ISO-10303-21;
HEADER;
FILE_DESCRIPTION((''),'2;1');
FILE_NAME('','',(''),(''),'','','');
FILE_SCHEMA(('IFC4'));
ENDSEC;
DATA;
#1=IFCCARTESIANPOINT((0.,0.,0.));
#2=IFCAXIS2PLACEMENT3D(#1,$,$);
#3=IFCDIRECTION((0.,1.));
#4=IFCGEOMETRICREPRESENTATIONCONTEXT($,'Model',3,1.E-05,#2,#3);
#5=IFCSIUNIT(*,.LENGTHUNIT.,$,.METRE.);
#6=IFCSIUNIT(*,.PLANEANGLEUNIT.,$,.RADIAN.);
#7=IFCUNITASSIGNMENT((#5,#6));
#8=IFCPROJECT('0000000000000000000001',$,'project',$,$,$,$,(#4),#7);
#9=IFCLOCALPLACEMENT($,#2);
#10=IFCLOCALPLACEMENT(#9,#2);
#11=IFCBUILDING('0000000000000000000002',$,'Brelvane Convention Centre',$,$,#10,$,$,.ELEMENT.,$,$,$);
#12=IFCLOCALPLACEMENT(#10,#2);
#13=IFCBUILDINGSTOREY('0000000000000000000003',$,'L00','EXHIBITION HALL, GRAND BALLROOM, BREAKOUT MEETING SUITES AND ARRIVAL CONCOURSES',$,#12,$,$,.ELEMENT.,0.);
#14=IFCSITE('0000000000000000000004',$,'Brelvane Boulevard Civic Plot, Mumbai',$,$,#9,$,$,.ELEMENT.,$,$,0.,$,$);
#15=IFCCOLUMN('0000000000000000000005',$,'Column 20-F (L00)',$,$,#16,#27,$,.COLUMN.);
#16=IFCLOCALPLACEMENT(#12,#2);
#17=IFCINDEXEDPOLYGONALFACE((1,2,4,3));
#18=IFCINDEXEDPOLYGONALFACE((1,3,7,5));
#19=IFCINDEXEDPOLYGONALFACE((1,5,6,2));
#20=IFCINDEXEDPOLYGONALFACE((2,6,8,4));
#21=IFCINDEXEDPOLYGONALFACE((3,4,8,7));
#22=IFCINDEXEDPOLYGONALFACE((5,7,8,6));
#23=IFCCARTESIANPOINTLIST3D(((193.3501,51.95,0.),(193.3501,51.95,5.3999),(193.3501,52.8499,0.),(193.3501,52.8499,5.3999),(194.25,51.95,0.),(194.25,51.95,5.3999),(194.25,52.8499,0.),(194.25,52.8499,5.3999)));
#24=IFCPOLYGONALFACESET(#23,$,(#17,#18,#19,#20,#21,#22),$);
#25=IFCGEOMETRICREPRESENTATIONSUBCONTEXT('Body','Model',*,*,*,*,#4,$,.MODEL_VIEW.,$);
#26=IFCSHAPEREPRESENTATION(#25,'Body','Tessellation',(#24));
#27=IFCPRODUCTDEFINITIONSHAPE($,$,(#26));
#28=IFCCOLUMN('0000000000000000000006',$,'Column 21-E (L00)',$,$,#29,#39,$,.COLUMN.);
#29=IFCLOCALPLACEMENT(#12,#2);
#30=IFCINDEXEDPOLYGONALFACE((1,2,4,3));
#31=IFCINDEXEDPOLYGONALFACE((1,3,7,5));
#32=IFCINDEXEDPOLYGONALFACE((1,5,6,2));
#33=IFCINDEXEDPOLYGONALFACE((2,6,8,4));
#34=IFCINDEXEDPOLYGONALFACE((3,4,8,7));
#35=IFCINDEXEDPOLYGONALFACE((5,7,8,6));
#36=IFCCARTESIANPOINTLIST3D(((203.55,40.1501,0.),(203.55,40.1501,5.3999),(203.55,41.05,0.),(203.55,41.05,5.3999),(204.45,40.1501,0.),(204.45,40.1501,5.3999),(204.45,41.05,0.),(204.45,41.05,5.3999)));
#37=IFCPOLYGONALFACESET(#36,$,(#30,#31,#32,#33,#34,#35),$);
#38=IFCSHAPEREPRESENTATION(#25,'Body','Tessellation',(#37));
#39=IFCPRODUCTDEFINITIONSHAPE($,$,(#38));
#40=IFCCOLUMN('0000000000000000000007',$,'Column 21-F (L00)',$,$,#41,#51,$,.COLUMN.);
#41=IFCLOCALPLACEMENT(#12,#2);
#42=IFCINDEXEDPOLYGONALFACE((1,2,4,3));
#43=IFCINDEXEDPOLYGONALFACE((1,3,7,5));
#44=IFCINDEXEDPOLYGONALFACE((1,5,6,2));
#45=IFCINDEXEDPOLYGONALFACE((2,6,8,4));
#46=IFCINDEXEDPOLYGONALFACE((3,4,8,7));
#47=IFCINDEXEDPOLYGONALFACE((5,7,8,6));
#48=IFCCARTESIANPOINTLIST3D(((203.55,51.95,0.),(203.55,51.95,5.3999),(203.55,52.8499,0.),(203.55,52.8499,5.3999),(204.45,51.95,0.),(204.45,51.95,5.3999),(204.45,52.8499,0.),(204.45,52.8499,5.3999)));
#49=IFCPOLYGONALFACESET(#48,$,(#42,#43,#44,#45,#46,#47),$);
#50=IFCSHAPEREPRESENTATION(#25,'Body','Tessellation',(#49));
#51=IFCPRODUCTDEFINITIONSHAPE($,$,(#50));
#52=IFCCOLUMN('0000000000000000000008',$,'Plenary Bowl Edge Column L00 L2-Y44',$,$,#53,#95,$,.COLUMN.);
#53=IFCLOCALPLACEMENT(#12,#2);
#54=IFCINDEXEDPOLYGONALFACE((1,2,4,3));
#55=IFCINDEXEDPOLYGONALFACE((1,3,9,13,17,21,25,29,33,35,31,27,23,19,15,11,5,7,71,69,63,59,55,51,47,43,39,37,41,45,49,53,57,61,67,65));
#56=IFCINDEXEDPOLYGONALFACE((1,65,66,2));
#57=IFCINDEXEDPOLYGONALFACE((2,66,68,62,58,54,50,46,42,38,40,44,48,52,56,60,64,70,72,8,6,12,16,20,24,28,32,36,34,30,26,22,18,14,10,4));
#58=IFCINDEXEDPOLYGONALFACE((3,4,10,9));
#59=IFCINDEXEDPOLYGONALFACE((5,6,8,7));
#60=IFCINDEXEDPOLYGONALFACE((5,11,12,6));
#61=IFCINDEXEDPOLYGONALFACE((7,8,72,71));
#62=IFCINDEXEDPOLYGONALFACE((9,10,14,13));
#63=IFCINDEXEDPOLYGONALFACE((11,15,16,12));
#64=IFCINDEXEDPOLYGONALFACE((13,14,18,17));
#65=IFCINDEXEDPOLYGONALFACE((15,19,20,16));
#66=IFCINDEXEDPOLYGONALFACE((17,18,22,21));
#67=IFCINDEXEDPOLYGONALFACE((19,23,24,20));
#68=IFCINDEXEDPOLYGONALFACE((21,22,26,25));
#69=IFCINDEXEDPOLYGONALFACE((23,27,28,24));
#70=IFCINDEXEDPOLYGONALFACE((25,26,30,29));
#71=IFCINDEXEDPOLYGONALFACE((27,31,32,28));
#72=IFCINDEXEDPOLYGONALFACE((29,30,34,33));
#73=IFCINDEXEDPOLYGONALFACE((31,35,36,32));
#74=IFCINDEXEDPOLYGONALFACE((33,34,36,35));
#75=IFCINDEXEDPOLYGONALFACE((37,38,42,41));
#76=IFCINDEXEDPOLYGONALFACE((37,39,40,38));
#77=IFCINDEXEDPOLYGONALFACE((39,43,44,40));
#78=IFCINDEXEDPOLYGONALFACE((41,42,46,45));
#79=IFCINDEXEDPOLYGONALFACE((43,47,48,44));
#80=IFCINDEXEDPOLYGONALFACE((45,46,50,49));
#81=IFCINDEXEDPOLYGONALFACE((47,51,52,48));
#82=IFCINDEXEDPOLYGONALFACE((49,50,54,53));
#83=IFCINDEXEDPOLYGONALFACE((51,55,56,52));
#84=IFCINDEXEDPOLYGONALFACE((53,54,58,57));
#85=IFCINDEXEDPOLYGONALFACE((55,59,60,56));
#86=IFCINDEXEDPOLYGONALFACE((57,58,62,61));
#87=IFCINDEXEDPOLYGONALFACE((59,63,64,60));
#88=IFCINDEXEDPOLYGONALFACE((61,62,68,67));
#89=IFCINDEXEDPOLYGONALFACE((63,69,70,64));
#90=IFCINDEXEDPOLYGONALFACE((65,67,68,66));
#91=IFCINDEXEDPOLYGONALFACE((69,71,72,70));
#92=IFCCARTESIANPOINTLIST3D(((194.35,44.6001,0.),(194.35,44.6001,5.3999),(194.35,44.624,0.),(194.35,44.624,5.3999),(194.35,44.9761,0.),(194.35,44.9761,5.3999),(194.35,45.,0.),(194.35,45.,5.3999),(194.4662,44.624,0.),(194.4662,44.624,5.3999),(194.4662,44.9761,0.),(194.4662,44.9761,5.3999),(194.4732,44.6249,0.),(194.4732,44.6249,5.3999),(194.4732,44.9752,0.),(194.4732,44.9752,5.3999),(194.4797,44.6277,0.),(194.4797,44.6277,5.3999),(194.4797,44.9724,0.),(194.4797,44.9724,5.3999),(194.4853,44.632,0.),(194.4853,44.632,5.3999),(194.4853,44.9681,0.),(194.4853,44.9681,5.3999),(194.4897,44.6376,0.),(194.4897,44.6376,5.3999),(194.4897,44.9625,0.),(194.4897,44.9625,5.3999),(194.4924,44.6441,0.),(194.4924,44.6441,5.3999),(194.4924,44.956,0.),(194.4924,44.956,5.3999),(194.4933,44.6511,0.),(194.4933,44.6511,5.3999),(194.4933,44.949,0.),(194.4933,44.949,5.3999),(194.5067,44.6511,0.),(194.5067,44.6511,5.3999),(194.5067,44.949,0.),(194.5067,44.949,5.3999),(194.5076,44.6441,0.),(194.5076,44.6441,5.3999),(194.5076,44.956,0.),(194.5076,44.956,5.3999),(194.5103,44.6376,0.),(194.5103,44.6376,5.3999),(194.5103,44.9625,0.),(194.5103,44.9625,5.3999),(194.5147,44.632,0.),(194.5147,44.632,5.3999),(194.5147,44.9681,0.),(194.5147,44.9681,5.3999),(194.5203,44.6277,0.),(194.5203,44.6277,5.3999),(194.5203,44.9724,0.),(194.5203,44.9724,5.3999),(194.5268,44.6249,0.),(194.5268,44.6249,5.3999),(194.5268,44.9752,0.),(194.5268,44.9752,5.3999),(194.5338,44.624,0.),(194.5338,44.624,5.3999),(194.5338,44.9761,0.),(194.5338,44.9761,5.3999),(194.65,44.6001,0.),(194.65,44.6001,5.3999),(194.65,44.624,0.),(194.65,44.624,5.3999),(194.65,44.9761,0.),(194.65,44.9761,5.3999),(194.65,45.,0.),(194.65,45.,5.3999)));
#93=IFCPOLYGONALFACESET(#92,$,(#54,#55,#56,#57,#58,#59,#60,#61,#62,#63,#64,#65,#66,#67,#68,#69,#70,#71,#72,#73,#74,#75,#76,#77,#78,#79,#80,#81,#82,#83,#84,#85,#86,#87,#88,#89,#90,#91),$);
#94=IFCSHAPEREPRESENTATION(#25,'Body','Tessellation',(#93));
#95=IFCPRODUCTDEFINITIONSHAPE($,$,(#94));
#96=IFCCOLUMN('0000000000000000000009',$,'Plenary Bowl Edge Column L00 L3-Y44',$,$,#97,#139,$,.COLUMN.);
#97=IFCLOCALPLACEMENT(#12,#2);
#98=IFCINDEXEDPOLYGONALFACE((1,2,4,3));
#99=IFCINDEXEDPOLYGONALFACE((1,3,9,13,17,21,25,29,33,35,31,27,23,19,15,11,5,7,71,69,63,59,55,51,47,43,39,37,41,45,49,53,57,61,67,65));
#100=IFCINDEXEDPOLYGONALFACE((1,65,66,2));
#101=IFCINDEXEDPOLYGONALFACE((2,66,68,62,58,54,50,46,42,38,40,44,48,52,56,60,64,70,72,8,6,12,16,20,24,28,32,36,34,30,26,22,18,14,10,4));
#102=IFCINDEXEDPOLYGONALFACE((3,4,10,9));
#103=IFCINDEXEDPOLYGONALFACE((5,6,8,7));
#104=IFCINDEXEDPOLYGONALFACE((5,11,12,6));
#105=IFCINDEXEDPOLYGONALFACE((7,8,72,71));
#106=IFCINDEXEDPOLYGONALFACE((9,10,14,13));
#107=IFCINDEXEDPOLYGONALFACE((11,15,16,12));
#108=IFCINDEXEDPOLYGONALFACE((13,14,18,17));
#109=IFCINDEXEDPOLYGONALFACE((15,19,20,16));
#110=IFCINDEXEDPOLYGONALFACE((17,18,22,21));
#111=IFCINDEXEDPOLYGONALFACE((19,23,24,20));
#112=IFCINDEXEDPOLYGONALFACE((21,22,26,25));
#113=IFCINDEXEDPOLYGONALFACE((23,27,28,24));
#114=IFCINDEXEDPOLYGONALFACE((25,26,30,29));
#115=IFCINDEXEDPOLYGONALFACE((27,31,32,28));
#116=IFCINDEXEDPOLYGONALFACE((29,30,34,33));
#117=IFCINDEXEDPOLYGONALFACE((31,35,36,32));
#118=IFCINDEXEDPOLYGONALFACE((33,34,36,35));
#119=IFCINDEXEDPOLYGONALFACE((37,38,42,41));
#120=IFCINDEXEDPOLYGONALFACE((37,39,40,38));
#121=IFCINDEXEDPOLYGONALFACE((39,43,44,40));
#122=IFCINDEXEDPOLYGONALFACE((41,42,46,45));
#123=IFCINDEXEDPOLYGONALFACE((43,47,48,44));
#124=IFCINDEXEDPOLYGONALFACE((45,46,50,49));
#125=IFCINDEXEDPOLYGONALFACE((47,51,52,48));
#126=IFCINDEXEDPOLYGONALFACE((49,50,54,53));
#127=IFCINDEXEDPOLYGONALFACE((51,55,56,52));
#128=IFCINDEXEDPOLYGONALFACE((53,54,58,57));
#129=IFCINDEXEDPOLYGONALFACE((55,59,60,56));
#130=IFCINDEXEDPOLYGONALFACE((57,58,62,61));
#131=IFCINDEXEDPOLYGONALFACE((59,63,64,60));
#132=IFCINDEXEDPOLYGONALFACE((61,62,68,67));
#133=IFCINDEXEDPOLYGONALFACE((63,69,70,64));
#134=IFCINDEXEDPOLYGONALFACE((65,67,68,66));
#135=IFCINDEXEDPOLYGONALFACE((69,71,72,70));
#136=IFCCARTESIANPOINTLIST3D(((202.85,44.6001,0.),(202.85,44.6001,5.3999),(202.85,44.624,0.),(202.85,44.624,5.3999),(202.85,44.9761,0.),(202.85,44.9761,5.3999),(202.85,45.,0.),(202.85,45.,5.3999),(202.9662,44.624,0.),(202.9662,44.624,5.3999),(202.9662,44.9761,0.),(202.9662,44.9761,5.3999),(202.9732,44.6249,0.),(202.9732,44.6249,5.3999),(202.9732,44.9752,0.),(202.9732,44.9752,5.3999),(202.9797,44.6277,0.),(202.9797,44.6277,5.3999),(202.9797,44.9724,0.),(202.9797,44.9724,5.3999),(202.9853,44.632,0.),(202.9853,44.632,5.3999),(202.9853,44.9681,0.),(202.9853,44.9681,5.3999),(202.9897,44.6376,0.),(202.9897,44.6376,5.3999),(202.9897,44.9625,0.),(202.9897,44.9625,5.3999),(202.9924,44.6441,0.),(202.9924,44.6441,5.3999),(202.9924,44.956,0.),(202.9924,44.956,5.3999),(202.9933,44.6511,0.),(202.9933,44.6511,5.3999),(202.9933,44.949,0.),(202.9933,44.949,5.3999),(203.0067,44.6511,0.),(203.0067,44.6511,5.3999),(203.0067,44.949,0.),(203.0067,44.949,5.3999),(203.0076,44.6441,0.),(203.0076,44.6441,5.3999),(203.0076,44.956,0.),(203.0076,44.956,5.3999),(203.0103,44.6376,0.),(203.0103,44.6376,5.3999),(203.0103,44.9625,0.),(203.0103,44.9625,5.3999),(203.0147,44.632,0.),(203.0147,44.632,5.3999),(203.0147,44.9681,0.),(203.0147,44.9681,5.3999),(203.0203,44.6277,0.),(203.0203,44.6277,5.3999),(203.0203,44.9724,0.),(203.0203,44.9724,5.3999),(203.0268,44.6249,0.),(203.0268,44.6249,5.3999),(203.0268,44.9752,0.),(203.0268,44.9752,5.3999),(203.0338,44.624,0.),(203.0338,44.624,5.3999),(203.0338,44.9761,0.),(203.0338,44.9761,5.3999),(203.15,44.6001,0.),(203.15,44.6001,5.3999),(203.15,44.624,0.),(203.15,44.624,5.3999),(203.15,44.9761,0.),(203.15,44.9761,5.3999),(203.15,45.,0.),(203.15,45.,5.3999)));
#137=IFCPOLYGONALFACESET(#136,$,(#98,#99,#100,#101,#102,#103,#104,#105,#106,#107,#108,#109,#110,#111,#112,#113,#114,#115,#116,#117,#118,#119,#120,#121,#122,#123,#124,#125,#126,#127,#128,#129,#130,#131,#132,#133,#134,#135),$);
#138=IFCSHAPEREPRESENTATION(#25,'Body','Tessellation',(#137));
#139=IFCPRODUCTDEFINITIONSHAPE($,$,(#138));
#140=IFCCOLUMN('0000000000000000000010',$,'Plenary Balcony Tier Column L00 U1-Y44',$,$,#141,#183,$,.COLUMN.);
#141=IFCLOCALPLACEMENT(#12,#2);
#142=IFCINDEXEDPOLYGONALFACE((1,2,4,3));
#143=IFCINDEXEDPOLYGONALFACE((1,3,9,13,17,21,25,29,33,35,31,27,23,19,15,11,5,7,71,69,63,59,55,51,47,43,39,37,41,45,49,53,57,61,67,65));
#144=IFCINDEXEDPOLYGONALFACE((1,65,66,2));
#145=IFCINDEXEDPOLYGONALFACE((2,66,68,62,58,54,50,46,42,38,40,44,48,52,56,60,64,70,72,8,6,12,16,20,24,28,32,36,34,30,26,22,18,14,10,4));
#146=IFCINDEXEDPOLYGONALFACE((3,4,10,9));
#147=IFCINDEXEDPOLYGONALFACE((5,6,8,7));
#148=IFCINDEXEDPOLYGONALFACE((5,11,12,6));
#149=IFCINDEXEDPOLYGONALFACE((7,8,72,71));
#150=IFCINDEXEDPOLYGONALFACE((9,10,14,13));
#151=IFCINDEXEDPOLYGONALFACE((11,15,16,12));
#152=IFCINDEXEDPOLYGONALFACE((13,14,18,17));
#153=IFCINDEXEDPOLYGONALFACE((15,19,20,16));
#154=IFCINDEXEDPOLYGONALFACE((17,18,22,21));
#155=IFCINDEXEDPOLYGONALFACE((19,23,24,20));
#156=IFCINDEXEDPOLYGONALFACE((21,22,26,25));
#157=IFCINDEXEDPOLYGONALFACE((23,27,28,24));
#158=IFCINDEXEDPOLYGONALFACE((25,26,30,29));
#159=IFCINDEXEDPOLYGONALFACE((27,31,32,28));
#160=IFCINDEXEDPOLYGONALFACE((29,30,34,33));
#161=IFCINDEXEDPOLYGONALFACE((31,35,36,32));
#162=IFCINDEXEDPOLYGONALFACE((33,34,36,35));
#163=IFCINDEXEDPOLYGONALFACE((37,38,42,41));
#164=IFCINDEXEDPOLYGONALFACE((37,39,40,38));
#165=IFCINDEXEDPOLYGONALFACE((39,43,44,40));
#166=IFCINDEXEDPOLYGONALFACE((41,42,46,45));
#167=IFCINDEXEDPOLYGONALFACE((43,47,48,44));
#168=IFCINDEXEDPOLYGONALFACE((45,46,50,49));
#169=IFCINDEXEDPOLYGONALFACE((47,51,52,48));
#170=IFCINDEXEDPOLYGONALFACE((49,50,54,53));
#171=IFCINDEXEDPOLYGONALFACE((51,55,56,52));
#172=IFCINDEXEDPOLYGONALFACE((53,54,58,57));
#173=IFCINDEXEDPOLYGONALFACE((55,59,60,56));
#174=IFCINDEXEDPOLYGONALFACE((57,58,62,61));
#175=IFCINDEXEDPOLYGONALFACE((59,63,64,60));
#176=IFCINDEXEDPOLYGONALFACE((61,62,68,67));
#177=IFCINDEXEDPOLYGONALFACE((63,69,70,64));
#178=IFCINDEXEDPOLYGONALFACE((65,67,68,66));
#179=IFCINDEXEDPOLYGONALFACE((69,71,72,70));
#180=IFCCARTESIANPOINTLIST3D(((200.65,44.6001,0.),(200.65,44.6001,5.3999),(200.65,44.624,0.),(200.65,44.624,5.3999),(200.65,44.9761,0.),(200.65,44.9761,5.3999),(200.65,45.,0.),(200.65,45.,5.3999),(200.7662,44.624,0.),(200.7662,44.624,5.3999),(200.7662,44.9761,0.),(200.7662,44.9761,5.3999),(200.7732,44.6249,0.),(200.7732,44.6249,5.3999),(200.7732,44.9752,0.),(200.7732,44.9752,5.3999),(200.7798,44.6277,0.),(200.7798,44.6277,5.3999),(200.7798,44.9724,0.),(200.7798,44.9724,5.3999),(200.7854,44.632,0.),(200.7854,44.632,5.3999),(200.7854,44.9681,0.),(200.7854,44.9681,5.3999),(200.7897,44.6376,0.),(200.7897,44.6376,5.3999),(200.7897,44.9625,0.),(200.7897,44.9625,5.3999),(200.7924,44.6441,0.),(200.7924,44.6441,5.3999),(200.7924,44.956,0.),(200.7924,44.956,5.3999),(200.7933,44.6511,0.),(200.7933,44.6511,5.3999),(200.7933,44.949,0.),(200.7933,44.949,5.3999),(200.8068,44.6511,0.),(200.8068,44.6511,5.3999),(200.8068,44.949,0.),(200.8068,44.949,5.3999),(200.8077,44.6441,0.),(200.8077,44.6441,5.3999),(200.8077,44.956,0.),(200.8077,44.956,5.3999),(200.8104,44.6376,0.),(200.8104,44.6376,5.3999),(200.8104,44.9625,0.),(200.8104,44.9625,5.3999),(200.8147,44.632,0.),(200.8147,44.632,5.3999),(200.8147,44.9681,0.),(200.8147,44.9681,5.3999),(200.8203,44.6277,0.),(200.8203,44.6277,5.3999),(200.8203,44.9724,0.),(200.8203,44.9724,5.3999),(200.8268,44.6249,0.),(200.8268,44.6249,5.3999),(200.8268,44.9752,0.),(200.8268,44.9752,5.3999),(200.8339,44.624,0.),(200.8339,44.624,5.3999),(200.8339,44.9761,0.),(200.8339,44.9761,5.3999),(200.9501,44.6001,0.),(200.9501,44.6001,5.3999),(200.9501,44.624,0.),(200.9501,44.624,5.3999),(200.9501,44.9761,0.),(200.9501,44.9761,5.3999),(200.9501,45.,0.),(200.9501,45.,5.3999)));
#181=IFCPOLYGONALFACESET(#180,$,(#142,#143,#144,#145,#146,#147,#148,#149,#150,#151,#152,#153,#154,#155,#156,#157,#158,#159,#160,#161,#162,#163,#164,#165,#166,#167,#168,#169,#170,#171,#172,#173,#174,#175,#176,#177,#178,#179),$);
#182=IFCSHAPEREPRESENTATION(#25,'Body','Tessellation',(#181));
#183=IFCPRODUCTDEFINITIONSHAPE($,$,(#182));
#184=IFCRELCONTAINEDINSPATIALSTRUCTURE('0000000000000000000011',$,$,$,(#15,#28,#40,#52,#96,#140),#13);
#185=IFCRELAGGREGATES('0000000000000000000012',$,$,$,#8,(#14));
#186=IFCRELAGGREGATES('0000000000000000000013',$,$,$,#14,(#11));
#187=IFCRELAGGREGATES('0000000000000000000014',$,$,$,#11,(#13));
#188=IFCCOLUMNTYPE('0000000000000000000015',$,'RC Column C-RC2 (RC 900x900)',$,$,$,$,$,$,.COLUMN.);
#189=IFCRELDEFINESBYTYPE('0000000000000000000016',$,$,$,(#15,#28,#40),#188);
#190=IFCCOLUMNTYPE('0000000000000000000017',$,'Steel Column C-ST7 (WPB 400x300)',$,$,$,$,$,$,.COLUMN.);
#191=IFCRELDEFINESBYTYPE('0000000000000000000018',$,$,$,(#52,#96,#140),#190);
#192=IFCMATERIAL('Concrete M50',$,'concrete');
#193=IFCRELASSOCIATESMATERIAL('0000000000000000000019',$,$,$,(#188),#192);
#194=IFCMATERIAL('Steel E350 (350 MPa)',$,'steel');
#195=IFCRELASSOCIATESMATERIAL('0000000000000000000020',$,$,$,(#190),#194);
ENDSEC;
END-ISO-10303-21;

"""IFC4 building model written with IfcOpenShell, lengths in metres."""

from ifc_helpers import new_model, si_unit, direction, frame, origin, origin_2d, place, context, subcontext, project, spatial, rectangle, i_section, extrude, material, material_profile, profile_set, type_object, element, save


model = new_model("IFC4")

# Units and contexts
model_context = context("Model", 3, precision=1e-05, world=origin(), true_north=direction((0.0, 1.0)))
body_context = subcontext(model_context, "Body", "Model", "MODEL_VIEW")
ifc_project = project(units=[si_unit("LENGTHUNIT", "METRE"), si_unit("PLANEANGLEUNIT", "RADIAN")], contexts=[model_context])

# Site, building, storey
site_placement = place(None, origin())
site = spatial("IfcSite", under=ifc_project, at=site_placement, Name="Brelvane Boulevard Civic Plot, Mumbai", CompositionType="ELEMENT", RefElevation=0.0)
building_placement = place(site_placement, origin())
building = spatial("IfcBuilding", under=site, at=building_placement, Name="Brelvane Convention Centre", CompositionType="ELEMENT")
storey_placement = place(building_placement, origin())
storey = spatial("IfcBuildingStorey", under=building, at=storey_placement, Name="L00", Description="EXHIBITION HALL, GRAND BALLROOM, BREAKOUT MEETING SUITES AND ARRIVAL CONCOURSES", CompositionType="ELEMENT", Elevation=0.0)

# Columns
ifc_material_1 = material(Name="Concrete M50", Category="concrete")
ifc_material_profile_1 = material_profile(ifc_material_1, rectangle(XDim=0.8999, YDim=0.8999, at=origin_2d()), Name="RC 900x900")
ifc_profile_set_1 = profile_set([ifc_material_profile_1], Name="Concrete M50")
column_type_1 = type_object("IfcColumnType", Name="RC Column C-RC2 (RC 900x900)", PredefinedType="COLUMN", material=ifc_profile_set_1)
for number, where, z_axis, x_axis, name in (
    (1, (193.8, 52.3999, 0.0), (0.0, 0.0, 1.0), (1.0, 0.0, 0.0), "Column 20-F (L00)"),
    (2, (204.0, 40.6001, 0.0), (0.0, 0.0, 1.0), (1.0, 0.0, 0.0), "Column 21-E (L00)"),
    (3, (204.0, 52.3999, 0.0), (0.0, 0.0, 1.0), (1.0, 0.0, 0.0), "Column 21-F (L00)"),
):
    element("IfcColumn", number, at=place(storey_placement, frame(where, z_axis=z_axis, x_axis=x_axis)), inside=storey, type_object=column_type_1, Name=name, PredefinedType="COLUMN", context=body_context, shape_type="SweptSolid", body=[
        extrude(rectangle(XDim=0.8999, YDim=0.8999, at=origin_2d()), origin(), (0.0, 0.0, 1.0), 5.3999),
    ])
ifc_material_2 = material(Name="Steel E350 (350 MPa)", Category="steel")
ifc_material_profile_2 = material_profile(ifc_material_2, i_section(OverallWidth=0.3, OverallDepth=0.3999, WebThickness=0.0134, FlangeThickness=0.0239, FilletRadius=0.0271, at=origin_2d()), Name="WPB 400x300")
ifc_profile_set_2 = profile_set([ifc_material_profile_2], Name="Steel E350 (350 MPa)")
column_type_2 = type_object("IfcColumnType", Name="Steel Column C-ST7 (WPB 400x300)", PredefinedType="COLUMN", material=ifc_profile_set_2)
for number, where, z_axis, x_axis, name in (
    (4, (194.5, 44.8, 0.0), (0.0, 0.0, 1.0), (1.0, 0.0, 0.0), "Plenary Bowl Edge Column L00 L2-Y44"),
    (5, (203.0, 44.8, 0.0), (0.0, 0.0, 1.0), (1.0, 0.0, 0.0), "Plenary Bowl Edge Column L00 L3-Y44"),
    (6, (200.8, 44.8, 0.0), (0.0, 0.0, 1.0), (1.0, 0.0, 0.0), "Plenary Balcony Tier Column L00 U1-Y44"),
):
    element("IfcColumn", number, at=place(storey_placement, frame(where, z_axis=z_axis, x_axis=x_axis)), inside=storey, type_object=column_type_2, Name=name, PredefinedType="COLUMN", context=body_context, shape_type="SweptSolid", body=[
        extrude(i_section(OverallWidth=0.3, OverallDepth=0.3999, WebThickness=0.0134, FlangeThickness=0.0239, FilletRadius=0.0271, at=origin_2d()), origin(), (0.0, 0.0, 1.0), 5.3999),
    ])

save(model, "model.ifc")
